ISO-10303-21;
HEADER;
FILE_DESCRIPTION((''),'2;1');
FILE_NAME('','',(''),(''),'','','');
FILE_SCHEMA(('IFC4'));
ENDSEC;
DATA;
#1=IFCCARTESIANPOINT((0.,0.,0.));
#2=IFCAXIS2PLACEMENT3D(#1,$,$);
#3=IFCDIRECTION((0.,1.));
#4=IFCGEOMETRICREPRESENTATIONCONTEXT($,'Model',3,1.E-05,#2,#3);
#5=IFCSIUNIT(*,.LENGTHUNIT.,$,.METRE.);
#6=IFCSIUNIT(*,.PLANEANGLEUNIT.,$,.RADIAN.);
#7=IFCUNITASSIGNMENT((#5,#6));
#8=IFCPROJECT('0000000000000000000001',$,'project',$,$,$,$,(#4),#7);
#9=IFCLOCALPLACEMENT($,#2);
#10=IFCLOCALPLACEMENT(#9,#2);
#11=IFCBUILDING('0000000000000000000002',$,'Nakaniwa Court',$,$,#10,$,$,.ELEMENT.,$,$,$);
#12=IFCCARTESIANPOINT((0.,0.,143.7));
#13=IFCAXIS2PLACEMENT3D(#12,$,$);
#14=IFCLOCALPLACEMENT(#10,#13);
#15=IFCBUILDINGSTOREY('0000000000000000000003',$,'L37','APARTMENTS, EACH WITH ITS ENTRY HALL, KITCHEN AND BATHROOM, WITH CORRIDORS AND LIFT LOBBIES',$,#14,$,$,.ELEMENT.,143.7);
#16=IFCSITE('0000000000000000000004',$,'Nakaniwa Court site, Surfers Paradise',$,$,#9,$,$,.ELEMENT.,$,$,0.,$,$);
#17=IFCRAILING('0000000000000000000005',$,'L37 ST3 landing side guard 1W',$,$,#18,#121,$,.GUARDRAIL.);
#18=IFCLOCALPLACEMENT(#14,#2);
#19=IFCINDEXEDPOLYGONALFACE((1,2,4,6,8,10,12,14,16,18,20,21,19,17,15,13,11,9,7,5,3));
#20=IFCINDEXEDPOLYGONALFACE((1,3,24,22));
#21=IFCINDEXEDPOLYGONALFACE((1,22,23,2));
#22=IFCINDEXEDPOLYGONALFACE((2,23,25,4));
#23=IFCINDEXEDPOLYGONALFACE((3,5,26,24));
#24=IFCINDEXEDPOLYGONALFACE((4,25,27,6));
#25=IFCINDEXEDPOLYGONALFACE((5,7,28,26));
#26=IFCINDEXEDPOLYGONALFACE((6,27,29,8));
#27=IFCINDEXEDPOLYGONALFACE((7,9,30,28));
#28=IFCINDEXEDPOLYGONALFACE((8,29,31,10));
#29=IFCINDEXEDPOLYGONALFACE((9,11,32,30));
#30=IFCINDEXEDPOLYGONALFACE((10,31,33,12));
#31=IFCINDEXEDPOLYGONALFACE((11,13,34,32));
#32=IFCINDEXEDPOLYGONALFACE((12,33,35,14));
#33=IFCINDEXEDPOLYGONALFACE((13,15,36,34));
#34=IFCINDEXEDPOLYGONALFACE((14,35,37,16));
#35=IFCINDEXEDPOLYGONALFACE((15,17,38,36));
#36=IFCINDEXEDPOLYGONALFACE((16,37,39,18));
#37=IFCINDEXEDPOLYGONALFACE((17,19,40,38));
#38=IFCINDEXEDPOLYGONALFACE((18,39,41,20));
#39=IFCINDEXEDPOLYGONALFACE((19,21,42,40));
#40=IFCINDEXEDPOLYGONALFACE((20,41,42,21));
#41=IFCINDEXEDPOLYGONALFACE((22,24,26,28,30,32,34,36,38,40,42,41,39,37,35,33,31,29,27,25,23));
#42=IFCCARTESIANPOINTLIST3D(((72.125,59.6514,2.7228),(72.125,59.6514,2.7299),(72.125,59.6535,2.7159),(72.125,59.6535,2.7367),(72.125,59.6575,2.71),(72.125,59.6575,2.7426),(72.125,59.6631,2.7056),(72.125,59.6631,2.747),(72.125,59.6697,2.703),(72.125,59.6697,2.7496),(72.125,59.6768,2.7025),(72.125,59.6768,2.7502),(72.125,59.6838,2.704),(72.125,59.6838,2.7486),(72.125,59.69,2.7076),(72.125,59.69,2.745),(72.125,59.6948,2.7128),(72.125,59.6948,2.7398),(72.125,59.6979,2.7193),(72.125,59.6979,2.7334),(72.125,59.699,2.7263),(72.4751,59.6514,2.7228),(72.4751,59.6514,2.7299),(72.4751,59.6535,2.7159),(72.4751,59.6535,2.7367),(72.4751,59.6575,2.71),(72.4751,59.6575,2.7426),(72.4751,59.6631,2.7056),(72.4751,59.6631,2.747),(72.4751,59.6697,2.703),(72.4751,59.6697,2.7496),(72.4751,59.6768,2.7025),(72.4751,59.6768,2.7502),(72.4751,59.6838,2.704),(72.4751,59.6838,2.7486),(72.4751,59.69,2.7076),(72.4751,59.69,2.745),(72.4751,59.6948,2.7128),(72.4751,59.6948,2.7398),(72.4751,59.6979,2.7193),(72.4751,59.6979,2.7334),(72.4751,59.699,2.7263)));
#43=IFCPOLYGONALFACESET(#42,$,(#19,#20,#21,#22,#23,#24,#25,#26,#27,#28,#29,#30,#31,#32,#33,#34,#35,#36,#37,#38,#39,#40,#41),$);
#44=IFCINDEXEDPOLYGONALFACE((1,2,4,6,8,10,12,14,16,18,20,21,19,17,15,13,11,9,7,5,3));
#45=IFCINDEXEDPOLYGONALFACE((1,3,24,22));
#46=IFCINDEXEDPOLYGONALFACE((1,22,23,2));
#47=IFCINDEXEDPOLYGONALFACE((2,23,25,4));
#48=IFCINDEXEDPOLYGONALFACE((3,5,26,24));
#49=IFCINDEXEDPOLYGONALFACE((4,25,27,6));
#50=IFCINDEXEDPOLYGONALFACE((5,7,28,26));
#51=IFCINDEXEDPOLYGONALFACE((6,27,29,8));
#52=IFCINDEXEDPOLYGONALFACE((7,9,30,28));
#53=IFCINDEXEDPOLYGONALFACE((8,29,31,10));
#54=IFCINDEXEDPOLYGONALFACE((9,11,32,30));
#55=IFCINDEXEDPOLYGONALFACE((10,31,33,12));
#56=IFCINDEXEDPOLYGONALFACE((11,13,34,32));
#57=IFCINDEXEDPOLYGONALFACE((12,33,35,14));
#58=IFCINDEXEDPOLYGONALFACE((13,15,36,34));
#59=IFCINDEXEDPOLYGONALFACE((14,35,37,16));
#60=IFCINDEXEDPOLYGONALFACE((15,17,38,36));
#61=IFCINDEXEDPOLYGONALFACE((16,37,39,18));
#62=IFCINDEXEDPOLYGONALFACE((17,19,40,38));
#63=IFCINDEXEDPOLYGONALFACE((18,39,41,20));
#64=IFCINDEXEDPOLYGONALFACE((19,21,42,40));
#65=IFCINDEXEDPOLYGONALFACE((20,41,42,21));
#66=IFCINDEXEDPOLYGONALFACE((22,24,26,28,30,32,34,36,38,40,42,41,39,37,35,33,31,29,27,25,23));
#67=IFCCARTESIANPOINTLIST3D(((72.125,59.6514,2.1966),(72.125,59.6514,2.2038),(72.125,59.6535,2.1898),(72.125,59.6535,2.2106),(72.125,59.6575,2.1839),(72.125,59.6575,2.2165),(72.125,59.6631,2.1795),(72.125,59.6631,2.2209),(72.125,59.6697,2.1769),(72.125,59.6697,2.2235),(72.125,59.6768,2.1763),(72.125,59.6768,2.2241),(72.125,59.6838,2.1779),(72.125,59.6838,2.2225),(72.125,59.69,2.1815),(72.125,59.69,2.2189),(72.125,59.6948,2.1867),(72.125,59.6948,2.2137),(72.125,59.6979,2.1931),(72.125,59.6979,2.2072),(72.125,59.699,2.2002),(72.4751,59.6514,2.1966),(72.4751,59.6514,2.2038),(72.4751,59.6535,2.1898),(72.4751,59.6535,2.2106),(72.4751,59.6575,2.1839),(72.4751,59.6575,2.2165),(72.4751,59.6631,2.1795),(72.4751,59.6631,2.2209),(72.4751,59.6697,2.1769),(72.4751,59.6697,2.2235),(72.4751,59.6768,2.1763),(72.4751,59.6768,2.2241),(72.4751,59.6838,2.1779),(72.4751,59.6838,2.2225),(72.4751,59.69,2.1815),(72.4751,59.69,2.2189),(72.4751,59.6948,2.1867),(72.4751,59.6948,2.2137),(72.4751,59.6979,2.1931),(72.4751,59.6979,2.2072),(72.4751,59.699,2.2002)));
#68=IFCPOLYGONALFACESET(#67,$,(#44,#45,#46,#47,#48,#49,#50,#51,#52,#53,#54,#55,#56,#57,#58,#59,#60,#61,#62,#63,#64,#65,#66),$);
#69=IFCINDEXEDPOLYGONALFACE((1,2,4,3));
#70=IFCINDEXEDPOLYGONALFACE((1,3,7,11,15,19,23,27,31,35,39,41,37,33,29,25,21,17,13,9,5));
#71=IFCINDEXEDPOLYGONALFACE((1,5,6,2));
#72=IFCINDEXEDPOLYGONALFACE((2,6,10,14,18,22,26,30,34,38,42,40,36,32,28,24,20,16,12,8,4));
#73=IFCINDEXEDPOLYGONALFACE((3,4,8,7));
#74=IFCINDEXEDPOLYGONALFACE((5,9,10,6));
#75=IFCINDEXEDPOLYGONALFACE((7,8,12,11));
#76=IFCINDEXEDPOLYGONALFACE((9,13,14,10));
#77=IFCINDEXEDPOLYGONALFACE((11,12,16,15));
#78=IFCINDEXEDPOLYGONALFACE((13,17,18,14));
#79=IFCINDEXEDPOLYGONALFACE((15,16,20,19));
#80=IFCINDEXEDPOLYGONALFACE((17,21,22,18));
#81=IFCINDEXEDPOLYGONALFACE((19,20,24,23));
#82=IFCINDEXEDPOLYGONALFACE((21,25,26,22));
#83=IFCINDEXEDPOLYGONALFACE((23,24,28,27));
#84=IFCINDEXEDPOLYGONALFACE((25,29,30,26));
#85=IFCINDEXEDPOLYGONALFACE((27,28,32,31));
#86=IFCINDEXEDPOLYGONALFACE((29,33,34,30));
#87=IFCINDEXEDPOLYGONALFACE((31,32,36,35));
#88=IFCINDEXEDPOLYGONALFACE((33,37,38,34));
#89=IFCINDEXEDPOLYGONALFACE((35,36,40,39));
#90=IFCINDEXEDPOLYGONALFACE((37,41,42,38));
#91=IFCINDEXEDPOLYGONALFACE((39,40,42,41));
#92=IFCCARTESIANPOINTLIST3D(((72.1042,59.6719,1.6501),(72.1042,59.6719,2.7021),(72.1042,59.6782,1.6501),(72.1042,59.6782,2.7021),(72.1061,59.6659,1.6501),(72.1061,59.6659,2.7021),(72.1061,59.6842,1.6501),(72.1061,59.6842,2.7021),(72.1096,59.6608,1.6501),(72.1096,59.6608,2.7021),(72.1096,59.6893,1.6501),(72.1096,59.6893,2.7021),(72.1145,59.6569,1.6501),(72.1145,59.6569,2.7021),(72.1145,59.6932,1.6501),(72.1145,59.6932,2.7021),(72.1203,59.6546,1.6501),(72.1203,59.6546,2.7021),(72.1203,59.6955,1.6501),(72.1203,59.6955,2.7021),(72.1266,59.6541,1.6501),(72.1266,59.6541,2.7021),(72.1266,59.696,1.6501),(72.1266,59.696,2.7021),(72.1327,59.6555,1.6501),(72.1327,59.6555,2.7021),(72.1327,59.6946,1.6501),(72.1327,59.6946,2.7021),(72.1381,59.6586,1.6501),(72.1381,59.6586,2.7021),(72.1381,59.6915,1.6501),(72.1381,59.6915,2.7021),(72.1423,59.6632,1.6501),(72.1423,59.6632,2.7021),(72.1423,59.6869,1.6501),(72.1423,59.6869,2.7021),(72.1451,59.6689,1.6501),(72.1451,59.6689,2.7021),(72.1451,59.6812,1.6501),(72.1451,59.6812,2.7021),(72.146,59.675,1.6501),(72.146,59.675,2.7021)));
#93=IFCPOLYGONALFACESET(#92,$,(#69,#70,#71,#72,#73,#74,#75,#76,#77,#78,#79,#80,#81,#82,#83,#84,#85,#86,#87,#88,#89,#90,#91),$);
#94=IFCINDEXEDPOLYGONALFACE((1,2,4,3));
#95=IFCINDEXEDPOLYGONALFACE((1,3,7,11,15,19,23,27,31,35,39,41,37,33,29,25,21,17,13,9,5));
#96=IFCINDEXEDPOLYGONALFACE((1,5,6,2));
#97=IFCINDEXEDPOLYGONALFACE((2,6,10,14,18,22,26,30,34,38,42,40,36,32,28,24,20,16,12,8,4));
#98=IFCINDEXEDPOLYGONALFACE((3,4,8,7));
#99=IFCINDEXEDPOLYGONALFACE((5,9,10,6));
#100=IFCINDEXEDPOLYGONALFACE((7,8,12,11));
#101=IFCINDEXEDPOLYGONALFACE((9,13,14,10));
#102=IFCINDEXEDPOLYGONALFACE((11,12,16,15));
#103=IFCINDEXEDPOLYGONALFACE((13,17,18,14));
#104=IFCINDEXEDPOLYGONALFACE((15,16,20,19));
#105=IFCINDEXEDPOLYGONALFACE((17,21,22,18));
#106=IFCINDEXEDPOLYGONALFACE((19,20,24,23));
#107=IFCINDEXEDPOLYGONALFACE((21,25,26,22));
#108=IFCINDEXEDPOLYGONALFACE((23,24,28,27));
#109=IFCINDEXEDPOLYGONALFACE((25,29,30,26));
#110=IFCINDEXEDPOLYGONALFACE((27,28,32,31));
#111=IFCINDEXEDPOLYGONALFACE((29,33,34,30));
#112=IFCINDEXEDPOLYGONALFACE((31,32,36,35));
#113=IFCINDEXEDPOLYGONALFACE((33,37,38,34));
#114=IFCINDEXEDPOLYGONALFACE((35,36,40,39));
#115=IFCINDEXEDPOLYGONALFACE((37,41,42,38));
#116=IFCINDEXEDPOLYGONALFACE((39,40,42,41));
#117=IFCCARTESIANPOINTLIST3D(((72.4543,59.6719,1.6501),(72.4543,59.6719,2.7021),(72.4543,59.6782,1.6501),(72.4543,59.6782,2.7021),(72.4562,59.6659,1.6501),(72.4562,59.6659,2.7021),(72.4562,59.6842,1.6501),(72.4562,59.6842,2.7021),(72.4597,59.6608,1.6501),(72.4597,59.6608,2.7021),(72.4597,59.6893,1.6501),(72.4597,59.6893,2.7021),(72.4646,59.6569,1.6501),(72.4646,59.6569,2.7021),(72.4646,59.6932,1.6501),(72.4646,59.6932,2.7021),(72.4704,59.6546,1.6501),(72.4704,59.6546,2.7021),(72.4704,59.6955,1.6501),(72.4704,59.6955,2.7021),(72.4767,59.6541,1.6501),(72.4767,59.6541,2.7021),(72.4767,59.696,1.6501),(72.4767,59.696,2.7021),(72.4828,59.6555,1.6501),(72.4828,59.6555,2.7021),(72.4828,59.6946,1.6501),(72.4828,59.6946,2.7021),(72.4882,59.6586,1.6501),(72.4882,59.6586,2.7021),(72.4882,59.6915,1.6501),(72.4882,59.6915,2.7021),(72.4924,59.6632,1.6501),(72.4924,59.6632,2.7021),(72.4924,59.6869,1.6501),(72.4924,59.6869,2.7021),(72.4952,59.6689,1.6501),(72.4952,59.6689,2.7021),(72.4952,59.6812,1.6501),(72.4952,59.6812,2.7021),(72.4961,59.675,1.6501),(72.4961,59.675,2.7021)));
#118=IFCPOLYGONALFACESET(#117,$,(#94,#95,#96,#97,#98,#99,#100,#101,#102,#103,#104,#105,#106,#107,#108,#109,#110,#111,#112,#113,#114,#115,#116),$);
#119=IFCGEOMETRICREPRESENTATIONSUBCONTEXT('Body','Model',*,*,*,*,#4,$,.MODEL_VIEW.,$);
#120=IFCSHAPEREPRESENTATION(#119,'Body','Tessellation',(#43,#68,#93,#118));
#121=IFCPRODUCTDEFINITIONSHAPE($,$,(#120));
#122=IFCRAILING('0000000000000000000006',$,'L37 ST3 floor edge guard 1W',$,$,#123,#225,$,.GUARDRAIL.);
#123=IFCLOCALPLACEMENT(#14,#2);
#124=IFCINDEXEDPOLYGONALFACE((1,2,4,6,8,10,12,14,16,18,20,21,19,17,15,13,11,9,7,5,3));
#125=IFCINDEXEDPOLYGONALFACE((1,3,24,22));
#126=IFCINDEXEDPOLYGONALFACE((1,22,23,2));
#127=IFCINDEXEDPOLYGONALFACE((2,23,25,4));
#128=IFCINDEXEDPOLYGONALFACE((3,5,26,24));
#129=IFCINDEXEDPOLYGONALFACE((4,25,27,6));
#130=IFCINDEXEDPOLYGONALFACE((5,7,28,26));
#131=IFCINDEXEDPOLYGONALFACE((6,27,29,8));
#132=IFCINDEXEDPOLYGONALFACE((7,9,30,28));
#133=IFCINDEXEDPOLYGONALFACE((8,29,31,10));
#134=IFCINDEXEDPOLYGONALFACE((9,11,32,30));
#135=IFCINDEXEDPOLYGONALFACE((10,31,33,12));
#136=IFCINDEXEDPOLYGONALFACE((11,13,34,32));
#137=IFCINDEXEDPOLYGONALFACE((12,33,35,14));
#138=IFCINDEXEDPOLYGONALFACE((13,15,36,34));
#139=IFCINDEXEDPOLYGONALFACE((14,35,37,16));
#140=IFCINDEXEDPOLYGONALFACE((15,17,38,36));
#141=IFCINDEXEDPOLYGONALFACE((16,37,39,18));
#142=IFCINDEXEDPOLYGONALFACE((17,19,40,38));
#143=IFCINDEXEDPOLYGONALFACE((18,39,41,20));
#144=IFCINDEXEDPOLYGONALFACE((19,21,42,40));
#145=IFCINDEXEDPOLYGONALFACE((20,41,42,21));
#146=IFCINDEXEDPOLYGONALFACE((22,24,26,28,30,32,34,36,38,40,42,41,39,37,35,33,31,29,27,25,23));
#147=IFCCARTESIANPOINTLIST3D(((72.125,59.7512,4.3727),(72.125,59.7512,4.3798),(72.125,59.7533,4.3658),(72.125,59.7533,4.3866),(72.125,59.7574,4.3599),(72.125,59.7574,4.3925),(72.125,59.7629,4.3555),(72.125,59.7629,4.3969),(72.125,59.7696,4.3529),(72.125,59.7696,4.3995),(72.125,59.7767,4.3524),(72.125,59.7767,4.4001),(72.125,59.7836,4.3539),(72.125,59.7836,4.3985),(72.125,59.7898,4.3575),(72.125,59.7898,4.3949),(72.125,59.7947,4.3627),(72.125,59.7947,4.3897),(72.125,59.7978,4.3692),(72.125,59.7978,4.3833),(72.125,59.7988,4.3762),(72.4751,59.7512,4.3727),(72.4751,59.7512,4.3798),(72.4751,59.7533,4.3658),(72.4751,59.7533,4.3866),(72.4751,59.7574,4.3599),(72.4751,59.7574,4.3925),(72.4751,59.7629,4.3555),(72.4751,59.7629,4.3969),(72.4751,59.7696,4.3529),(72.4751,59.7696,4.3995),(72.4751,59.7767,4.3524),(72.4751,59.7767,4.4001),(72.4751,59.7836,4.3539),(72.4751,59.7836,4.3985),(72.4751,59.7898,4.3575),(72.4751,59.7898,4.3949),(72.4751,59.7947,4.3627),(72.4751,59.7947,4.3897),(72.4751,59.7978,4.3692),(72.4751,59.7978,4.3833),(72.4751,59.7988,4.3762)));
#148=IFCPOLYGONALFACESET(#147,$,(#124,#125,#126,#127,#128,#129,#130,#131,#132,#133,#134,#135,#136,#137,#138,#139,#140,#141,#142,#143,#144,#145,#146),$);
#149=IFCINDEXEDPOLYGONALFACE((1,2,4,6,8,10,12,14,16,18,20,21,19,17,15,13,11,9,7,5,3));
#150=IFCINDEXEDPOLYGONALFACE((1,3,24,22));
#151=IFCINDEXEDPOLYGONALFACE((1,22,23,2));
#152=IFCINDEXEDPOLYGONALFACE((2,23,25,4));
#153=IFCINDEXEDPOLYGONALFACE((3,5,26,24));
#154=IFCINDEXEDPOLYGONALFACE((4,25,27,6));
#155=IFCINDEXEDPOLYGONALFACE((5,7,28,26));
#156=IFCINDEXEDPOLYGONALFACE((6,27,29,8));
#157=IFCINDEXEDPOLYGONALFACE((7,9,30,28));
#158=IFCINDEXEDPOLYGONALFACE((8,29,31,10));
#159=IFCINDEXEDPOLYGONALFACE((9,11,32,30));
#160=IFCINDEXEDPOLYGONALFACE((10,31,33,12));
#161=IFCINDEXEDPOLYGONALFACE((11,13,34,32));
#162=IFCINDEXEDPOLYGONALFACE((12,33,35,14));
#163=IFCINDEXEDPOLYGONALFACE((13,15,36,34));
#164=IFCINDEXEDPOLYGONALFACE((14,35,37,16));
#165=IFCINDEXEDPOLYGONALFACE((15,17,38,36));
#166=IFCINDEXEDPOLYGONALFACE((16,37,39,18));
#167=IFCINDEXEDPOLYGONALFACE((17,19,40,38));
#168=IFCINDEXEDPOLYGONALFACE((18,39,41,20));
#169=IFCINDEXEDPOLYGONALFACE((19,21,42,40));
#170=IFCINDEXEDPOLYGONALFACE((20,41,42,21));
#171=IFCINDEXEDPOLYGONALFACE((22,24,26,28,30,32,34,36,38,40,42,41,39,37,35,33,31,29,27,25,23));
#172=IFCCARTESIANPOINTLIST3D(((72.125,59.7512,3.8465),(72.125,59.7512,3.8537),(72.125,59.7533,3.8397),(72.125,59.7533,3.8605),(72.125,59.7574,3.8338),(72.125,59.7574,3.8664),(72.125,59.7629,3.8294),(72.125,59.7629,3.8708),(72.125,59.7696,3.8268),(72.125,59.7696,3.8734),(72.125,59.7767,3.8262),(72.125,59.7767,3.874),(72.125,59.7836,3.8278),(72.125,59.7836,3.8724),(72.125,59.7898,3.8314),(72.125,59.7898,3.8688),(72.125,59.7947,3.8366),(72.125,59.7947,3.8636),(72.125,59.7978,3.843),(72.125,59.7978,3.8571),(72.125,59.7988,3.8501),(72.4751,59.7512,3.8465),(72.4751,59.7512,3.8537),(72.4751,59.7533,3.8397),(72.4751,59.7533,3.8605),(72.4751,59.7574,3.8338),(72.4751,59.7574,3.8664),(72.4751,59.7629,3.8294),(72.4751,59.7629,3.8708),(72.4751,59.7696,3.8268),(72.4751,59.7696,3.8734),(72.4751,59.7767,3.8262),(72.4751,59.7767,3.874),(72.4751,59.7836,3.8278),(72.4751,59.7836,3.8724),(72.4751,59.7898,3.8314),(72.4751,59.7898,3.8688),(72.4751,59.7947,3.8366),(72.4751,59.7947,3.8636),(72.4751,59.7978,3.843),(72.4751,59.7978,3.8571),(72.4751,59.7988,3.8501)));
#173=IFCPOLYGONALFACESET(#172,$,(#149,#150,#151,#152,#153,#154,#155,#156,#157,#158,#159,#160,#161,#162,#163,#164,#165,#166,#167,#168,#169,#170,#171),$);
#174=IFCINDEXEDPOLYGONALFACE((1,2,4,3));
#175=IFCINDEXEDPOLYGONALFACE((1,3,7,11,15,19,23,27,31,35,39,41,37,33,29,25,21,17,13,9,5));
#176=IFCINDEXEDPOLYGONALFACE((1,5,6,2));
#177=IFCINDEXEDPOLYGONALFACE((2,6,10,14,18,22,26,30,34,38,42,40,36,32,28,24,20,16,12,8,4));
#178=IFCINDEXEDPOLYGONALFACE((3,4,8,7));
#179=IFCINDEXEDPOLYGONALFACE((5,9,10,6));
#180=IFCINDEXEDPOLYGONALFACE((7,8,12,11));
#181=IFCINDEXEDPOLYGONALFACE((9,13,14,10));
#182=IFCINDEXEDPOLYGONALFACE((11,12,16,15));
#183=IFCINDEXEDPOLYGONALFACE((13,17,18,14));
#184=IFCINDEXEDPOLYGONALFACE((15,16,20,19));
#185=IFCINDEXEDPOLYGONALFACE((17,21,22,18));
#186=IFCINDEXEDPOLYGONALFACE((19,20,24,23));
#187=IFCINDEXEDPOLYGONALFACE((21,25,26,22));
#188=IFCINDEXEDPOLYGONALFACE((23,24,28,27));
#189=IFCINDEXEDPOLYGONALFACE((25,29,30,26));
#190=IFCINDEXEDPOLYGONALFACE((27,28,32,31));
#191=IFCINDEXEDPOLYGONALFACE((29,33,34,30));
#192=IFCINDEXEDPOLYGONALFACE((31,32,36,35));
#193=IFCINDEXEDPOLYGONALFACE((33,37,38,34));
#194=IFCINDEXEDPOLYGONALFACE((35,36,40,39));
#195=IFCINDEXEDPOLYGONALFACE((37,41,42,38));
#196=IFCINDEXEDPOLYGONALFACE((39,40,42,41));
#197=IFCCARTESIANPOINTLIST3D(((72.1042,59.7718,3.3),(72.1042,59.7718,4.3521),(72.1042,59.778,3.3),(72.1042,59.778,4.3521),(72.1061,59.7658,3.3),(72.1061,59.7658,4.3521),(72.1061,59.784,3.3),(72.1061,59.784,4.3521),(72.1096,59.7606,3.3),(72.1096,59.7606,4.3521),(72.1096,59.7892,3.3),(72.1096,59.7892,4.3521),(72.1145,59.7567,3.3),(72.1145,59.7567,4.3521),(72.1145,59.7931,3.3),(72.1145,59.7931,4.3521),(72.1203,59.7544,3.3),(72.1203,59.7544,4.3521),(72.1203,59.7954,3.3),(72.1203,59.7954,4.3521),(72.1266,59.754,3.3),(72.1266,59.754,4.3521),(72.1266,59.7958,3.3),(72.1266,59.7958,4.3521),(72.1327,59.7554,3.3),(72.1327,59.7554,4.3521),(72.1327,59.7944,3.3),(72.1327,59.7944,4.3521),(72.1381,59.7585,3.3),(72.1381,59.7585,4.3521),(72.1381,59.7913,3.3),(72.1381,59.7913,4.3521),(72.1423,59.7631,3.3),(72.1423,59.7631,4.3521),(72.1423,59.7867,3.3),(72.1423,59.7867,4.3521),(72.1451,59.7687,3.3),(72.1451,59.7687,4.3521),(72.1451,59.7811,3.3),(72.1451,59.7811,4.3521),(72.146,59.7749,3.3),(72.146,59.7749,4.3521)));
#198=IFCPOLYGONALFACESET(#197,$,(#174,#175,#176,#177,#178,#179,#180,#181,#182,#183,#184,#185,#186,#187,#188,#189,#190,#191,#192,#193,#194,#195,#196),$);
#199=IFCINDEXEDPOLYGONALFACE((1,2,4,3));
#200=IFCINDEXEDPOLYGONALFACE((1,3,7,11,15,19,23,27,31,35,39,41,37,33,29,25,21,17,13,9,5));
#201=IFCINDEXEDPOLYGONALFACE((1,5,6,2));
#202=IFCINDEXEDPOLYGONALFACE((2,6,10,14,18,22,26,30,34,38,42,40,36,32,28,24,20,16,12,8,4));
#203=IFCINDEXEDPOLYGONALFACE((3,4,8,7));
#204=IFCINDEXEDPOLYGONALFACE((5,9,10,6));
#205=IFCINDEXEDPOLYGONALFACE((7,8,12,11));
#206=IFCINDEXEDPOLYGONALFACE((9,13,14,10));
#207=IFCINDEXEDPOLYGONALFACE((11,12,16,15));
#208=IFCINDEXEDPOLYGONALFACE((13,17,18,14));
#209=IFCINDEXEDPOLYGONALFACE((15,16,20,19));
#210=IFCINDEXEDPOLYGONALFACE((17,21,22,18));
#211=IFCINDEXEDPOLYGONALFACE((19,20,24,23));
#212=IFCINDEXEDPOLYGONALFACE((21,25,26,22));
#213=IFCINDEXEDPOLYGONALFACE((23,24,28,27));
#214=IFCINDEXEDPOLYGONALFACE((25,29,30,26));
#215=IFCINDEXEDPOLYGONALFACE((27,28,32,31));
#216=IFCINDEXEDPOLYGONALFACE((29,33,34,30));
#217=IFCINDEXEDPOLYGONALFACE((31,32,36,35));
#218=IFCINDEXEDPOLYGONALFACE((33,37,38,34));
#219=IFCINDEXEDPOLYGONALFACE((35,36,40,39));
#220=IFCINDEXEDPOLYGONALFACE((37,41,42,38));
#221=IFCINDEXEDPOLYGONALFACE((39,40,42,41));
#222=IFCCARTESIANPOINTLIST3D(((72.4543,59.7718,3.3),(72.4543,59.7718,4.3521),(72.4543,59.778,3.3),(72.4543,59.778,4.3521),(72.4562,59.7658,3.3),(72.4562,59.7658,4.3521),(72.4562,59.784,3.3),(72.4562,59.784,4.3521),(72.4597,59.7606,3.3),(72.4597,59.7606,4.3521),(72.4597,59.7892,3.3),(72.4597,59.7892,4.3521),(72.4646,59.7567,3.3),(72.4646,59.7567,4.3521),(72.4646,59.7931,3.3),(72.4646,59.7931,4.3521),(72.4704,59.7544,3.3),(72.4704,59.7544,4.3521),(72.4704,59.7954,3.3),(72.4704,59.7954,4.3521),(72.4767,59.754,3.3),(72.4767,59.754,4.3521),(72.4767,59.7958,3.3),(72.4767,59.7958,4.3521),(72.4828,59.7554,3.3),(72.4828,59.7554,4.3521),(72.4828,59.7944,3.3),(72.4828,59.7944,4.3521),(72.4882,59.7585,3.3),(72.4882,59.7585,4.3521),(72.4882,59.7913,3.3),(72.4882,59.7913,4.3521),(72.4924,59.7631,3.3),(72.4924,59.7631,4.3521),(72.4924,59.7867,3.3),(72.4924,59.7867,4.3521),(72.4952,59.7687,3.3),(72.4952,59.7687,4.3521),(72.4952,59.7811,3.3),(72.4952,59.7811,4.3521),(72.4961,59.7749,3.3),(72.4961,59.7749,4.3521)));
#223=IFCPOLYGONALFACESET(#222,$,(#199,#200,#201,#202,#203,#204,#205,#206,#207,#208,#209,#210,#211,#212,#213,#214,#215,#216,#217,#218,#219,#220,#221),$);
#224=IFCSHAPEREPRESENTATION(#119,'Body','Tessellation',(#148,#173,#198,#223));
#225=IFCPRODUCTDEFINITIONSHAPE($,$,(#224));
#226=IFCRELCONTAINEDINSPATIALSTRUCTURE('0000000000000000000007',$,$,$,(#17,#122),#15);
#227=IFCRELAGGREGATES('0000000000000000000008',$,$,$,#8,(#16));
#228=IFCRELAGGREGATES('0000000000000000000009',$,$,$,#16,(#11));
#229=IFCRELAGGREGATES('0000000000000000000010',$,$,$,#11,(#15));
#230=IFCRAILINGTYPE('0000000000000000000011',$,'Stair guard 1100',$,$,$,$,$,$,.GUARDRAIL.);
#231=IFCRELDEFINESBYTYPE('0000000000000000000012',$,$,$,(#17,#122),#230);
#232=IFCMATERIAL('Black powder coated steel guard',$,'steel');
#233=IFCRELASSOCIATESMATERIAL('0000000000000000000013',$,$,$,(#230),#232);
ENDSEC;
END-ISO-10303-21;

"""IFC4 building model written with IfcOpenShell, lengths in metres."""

from ifc_helpers import new_model, si_unit, direction, frame, origin, origin_2d, place, context, subcontext, project, spatial, circle, extrude, material, type_object, element, save


model = new_model("IFC4")

# Units and contexts
model_context = context("Model", 3, precision=1e-05, world=origin(), true_north=direction((0.0, 1.0)))
body_context = subcontext(model_context, "Body", "Model", "MODEL_VIEW")
ifc_project = project(units=[si_unit("LENGTHUNIT", "METRE"), si_unit("PLANEANGLEUNIT", "RADIAN")], contexts=[model_context])

# Site, building, storey
site_placement = place(None, origin())
site = spatial("IfcSite", under=ifc_project, at=site_placement, Name="Nakaniwa Court site, Surfers Paradise", CompositionType="ELEMENT", RefElevation=0.0)
building_placement = place(site_placement, origin())
building = spatial("IfcBuilding", under=site, at=building_placement, Name="Nakaniwa Court", CompositionType="ELEMENT")
storey_placement = place(building_placement, frame((0.0, 0.0, 143.7)))
storey = spatial("IfcBuildingStorey", under=building, at=storey_placement, Name="L37", Description="APARTMENTS, EACH WITH ITS ENTRY HALL, KITCHEN AND BATHROOM, WITH CORRIDORS AND LIFT LOBBIES", CompositionType="ELEMENT", Elevation=143.7)

# Railings
ifc_material_1 = material(Name="Black powder coated steel guard", Category="steel")
railing_type_1 = type_object("IfcRailingType", Name="Stair guard 1100", PredefinedType="GUARDRAIL", material=ifc_material_1)
for number, where, name in (
    (1, (72.125, 59.675, 1.6501), "L37 ST3 landing side guard 1W"),
    (2, (72.125, 59.7749, 3.3), "L37 ST3 floor edge guard 1W"),
):
    element("IfcRailing", number, at=place(storey_placement, frame(where)), inside=storey, type_object=railing_type_1, Name=name, PredefinedType="GUARDRAIL", context=body_context, shape_type="SweptSolid", body=[
        extrude(circle(Radius=0.0239, at=origin_2d()), frame((0.0, 0.0, 1.0762), z_axis=(1.0, 0.0, 0.0), x_axis=(0.0, 1.0, 0.0)), (0.0, 0.0, 1.0), 0.3501),
        extrude(circle(Radius=0.0239, at=origin_2d()), frame((0.0, 0.0, 0.55), z_axis=(1.0, 0.0, 0.0), x_axis=(0.0, 1.0, 0.0)), (0.0, 0.0, 1.0), 0.3501),
        extrude(circle(Radius=0.021, at=origin_2d()), origin(), (0.0, 0.0, 1.0), 1.052),
        extrude(circle(Radius=0.021, at=origin_2d()), frame((0.3501, 0.0, 0.0)), (0.0, 0.0, 1.0), 1.052),
    ])

save(model, "model.ifc")
